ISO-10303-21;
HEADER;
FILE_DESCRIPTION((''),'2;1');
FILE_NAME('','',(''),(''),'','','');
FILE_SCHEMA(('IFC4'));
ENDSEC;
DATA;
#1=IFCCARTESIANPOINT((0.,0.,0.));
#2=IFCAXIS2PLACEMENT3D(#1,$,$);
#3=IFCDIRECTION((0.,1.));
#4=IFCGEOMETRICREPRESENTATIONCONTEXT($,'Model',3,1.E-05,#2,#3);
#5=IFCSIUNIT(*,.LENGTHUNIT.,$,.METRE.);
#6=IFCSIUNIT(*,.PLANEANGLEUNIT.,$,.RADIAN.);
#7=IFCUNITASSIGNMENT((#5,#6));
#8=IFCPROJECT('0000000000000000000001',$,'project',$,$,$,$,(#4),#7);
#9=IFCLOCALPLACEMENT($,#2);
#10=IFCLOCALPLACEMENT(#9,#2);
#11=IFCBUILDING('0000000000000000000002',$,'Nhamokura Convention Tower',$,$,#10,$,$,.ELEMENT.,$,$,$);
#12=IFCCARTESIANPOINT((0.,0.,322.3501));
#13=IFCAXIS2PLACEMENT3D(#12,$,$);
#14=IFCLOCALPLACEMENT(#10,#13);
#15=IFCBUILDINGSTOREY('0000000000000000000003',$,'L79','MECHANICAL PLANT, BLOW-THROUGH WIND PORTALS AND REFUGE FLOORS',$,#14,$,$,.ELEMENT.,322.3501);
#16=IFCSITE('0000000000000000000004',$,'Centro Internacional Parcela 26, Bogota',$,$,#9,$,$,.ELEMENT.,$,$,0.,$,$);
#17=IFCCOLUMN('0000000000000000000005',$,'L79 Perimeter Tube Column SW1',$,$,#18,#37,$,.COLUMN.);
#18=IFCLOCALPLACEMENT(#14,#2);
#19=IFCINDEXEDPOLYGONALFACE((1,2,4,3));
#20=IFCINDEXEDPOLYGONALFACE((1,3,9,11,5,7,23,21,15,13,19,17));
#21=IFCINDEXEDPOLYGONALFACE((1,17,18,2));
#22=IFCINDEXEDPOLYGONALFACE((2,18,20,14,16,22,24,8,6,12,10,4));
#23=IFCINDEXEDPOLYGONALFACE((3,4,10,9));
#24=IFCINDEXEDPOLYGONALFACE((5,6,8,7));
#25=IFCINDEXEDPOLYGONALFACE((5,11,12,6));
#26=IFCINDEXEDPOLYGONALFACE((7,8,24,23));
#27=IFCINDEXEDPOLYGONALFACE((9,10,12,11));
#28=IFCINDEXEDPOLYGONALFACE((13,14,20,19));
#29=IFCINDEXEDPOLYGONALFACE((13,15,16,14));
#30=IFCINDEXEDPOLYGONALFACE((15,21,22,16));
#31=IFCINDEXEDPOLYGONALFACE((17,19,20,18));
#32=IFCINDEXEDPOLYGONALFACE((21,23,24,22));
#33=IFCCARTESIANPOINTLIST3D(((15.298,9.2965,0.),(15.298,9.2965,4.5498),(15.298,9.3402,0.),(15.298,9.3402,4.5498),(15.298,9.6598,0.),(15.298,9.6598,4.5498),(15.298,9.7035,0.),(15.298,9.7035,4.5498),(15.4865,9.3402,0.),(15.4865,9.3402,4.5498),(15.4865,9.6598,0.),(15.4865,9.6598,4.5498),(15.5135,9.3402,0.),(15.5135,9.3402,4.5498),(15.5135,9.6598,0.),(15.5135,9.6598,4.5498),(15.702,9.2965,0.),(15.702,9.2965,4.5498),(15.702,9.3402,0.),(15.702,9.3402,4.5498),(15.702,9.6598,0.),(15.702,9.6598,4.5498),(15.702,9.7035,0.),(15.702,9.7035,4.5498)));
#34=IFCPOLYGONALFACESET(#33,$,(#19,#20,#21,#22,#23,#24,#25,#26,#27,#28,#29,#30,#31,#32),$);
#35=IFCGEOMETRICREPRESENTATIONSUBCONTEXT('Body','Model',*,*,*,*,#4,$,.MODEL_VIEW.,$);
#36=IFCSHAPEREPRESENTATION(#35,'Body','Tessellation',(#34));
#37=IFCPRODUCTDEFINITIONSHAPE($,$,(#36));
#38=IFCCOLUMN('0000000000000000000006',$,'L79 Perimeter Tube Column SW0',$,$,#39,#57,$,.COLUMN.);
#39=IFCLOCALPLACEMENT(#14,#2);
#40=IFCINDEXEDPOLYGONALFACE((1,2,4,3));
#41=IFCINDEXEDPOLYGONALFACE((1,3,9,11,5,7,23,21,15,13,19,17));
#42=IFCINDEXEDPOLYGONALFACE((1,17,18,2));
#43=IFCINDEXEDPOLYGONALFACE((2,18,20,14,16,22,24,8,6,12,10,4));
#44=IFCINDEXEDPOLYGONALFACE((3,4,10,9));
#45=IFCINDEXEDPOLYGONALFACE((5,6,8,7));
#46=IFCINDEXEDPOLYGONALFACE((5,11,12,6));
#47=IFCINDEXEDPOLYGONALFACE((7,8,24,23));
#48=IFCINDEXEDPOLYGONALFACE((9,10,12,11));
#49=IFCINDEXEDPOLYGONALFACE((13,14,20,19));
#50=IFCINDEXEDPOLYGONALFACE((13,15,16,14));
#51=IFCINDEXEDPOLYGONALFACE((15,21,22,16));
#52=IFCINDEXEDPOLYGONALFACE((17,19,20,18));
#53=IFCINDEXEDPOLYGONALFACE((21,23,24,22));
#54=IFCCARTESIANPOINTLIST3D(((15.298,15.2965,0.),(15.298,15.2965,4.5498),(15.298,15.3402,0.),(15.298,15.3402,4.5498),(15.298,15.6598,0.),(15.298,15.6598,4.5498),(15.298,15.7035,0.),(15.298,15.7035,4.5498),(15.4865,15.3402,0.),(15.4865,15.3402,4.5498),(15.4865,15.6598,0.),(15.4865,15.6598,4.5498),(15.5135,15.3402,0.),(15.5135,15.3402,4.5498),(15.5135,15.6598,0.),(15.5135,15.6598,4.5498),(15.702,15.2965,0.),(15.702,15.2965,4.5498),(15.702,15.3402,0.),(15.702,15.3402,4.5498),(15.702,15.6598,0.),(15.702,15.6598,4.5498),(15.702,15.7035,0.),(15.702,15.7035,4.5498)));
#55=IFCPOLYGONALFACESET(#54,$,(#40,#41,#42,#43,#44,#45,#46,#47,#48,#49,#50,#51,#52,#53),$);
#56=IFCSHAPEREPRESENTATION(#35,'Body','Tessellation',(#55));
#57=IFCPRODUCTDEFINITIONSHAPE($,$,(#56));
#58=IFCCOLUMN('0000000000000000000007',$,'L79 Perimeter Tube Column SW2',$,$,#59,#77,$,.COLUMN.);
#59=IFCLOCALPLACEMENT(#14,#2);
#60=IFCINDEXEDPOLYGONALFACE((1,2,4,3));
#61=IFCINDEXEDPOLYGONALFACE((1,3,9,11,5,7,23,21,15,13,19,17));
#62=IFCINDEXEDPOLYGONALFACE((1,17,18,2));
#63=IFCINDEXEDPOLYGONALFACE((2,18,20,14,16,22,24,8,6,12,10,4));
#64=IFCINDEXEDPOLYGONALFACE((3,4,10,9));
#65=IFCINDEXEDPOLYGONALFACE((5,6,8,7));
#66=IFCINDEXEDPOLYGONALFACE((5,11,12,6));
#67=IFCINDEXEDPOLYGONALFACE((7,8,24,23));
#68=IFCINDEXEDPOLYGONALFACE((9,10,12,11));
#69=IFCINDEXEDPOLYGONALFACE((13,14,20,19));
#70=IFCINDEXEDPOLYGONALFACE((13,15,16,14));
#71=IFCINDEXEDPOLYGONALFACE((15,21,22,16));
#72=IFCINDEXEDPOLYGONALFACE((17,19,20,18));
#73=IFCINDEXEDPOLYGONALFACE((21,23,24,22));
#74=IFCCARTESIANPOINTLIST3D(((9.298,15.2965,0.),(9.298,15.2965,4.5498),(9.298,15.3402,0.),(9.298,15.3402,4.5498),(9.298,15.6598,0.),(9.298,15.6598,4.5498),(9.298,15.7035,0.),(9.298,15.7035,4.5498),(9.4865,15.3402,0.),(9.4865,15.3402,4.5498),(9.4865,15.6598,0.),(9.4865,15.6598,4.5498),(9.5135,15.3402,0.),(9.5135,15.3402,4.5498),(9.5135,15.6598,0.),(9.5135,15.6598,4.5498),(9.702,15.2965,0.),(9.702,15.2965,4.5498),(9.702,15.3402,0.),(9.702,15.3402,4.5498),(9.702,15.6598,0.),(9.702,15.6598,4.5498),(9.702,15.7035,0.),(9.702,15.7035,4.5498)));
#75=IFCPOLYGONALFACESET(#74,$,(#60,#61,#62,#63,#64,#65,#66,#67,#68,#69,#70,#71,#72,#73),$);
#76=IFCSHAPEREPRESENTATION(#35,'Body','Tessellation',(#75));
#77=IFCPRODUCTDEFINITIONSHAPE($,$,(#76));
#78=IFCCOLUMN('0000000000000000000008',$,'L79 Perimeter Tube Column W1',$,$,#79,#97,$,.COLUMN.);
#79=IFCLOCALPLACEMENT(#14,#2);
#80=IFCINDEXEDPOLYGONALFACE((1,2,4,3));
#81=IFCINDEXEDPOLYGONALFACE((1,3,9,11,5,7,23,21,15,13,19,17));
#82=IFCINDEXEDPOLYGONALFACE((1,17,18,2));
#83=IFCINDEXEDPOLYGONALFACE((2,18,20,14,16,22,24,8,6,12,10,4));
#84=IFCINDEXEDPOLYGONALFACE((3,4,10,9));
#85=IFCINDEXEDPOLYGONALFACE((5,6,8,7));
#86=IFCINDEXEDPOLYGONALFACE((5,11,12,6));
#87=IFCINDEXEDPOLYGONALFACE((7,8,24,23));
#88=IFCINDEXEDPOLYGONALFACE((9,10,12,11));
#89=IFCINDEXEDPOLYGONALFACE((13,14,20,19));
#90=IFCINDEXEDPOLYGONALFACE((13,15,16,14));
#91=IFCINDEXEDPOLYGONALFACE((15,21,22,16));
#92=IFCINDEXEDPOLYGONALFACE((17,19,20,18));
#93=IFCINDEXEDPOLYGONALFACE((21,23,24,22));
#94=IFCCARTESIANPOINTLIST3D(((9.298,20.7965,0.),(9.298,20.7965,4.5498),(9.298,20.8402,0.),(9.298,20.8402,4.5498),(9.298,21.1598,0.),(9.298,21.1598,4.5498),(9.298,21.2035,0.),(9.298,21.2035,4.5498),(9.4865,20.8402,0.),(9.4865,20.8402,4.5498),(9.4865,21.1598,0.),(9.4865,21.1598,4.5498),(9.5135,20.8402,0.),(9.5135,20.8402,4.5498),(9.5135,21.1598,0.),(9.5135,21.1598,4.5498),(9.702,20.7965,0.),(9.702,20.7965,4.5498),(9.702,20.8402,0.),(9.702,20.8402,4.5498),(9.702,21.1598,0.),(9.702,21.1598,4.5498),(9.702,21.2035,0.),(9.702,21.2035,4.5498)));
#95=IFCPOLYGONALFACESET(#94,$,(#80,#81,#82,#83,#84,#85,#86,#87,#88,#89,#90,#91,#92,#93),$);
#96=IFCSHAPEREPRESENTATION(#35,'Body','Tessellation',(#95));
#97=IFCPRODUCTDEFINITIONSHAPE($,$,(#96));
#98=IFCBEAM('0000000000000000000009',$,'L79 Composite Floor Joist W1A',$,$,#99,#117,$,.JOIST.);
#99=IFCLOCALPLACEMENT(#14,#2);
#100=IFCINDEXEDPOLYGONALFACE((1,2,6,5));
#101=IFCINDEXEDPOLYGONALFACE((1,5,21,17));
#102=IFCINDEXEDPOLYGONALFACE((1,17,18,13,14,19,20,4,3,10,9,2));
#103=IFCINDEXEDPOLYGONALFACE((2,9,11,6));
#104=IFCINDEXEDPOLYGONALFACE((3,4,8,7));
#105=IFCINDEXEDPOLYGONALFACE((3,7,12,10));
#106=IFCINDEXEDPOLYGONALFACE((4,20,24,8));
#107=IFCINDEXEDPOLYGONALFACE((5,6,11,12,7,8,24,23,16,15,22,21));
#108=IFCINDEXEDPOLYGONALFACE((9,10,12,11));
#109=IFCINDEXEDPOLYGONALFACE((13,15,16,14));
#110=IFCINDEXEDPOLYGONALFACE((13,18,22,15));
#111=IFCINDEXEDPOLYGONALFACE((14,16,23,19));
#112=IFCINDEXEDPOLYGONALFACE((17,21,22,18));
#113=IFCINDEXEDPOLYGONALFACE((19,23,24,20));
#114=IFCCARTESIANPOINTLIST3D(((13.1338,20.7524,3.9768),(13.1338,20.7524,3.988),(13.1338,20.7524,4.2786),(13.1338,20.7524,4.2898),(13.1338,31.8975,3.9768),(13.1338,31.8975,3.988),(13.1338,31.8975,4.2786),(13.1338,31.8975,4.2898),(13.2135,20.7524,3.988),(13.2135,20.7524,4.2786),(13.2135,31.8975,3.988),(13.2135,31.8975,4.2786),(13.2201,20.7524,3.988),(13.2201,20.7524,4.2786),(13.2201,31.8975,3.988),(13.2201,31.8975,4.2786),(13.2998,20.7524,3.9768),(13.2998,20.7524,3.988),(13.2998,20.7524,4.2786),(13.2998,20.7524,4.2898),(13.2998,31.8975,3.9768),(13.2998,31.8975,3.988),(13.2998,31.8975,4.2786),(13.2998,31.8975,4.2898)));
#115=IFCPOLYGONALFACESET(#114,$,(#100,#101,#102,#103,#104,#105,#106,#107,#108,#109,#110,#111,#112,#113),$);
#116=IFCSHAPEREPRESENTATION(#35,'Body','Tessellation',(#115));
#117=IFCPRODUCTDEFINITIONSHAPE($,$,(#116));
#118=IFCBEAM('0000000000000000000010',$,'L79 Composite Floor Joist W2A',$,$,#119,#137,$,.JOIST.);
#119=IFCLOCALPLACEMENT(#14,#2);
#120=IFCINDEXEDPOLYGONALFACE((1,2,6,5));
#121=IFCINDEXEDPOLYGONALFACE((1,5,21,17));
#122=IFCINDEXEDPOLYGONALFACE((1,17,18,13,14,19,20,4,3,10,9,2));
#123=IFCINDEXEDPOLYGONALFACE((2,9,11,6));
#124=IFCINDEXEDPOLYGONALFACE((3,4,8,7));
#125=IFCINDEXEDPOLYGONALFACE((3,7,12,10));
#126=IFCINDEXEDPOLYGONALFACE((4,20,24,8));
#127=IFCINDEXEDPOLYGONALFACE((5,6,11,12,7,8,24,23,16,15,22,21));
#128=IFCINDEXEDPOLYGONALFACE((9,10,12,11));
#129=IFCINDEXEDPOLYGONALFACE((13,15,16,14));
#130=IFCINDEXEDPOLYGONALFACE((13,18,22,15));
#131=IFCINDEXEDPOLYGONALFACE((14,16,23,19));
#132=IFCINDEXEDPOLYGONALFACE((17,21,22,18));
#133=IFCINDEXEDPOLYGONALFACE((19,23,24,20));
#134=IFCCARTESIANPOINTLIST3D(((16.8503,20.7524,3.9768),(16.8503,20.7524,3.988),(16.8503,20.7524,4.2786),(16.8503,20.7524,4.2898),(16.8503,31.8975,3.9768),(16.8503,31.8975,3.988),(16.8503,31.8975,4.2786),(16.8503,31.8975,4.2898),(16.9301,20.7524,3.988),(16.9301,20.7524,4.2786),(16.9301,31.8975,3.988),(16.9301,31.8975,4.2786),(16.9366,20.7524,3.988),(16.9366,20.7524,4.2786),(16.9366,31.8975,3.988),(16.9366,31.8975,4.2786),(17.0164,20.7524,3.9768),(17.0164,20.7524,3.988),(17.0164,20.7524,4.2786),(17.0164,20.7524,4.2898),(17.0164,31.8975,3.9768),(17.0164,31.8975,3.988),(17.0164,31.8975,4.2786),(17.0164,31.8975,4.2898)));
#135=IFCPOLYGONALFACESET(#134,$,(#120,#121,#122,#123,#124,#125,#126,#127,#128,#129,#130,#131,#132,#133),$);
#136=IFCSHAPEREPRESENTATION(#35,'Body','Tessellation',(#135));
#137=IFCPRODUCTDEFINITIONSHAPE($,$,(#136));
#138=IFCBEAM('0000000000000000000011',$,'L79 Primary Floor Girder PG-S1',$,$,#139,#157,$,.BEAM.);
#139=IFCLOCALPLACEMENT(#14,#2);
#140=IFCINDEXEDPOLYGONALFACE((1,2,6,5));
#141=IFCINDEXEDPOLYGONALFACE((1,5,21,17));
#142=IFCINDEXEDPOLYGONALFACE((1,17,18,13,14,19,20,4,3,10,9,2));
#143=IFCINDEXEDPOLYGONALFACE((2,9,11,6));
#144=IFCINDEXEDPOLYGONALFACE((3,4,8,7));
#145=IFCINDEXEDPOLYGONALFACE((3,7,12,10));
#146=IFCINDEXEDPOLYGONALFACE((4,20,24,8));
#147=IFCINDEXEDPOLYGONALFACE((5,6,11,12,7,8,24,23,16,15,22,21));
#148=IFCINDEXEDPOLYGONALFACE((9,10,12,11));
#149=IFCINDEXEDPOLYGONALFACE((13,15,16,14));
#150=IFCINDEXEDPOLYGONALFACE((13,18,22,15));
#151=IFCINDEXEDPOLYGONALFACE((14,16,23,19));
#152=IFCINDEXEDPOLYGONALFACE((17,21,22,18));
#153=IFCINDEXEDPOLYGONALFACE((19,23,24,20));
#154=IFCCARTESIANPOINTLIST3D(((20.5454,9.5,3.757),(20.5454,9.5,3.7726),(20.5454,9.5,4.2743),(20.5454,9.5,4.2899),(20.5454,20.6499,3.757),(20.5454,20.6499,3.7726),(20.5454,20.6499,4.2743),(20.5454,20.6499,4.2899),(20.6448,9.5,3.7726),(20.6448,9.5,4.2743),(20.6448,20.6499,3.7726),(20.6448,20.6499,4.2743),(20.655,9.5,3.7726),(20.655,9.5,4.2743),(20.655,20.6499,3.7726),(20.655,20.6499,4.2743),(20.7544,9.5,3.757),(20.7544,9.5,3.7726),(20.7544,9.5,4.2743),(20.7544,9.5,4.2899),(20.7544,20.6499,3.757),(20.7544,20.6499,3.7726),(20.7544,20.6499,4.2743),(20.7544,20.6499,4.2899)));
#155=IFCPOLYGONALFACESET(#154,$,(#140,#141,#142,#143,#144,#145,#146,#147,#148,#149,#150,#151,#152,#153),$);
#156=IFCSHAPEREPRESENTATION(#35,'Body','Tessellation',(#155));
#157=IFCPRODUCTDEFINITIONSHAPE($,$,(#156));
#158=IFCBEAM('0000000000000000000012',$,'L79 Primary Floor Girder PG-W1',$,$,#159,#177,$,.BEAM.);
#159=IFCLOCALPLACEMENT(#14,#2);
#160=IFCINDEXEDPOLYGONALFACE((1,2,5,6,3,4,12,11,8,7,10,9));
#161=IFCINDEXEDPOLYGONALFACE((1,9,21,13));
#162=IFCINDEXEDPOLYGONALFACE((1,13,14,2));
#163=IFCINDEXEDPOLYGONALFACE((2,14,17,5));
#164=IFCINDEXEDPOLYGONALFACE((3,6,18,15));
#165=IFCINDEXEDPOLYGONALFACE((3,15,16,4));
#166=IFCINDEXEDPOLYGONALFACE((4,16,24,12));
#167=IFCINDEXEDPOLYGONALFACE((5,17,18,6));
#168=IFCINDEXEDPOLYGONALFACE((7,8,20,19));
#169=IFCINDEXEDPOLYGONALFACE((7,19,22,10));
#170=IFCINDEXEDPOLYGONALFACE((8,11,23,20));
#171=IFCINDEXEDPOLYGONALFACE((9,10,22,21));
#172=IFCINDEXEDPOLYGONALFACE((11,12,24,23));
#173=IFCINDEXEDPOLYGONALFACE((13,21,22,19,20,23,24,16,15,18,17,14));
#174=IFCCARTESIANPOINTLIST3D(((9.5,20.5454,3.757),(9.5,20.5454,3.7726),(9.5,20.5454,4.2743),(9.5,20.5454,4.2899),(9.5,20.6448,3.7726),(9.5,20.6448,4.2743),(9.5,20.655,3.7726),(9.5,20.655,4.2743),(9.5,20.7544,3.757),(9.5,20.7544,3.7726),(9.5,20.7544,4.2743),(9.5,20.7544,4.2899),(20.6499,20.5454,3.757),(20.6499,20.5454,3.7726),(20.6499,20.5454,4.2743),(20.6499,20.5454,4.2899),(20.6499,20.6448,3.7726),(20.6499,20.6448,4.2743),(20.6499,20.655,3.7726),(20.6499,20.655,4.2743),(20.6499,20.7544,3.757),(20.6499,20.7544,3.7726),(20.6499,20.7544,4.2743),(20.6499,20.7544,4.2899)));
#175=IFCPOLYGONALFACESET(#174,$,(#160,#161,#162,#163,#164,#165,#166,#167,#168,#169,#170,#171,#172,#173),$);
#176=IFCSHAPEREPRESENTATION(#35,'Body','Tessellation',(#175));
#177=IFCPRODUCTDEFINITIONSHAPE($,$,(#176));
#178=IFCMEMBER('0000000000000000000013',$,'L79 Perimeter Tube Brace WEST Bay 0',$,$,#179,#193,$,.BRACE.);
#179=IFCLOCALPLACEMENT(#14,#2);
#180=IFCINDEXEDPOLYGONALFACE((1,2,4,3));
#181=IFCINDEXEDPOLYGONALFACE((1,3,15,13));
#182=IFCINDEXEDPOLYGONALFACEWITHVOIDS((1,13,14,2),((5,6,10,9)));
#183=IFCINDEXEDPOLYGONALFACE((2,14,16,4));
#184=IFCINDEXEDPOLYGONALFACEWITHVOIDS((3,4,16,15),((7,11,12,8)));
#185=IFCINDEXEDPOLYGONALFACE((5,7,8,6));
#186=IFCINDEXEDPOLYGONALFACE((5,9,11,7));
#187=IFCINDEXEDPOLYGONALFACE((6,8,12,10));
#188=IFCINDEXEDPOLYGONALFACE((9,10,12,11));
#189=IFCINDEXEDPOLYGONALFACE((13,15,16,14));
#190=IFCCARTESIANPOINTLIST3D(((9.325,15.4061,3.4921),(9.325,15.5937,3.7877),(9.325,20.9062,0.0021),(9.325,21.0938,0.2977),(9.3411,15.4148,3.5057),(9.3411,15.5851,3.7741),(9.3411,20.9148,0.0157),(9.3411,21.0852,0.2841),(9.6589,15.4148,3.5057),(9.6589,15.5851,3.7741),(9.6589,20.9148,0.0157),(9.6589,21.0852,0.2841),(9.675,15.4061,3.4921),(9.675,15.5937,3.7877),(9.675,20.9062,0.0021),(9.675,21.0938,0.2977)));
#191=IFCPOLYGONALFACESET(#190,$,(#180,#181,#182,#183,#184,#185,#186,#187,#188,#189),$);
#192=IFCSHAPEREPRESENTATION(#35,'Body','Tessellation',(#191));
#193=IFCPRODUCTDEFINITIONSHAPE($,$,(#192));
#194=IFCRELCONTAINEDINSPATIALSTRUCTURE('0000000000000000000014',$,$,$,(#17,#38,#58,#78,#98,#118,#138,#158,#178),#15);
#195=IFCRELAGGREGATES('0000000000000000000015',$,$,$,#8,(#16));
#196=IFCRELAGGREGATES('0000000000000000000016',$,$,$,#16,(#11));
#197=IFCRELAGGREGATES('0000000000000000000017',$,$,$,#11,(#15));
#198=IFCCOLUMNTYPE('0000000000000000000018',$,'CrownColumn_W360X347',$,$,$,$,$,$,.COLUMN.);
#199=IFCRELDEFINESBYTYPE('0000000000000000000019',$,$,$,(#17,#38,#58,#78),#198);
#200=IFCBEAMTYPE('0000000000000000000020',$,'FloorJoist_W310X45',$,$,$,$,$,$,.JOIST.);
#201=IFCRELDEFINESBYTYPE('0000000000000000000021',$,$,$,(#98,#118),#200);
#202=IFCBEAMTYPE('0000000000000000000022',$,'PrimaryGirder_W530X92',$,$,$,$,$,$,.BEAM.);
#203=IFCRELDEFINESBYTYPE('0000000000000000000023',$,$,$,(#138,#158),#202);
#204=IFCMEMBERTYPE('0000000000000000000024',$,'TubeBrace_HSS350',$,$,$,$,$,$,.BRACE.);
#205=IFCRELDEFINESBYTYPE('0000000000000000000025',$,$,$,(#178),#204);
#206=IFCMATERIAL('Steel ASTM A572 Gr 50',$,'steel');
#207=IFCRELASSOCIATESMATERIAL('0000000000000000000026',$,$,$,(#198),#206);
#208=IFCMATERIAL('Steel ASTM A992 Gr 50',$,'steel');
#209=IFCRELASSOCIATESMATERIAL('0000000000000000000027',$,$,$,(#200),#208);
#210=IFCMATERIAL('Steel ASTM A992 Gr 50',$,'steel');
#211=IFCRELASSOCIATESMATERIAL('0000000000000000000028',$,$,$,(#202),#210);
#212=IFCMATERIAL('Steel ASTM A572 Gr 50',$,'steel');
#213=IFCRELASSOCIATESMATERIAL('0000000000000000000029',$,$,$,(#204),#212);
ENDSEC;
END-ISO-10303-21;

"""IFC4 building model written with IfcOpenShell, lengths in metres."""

from ifc_helpers import new_model, si_unit, direction, frame, origin, origin_2d, place, context, subcontext, project, spatial, hollow_rectangle, i_section, extrude, material, material_profile, profile_set, type_object, element, save


model = new_model("IFC4")

# Units and contexts
model_context = context("Model", 3, precision=1e-05, world=origin(), true_north=direction((0.0, 1.0)))
body_context = subcontext(model_context, "Body", "Model", "MODEL_VIEW")
ifc_project = project(units=[si_unit("LENGTHUNIT", "METRE"), si_unit("PLANEANGLEUNIT", "RADIAN")], contexts=[model_context])

# Site, building, storey
site_placement = place(None, origin())
site = spatial("IfcSite", under=ifc_project, at=site_placement, Name="Centro Internacional Parcela 26, Bogota", CompositionType="ELEMENT", RefElevation=0.0)
building_placement = place(site_placement, origin())
building = spatial("IfcBuilding", under=site, at=building_placement, Name="Nhamokura Convention Tower", CompositionType="ELEMENT")
storey_placement = place(building_placement, frame((0.0, 0.0, 322.3501)))
storey = spatial("IfcBuildingStorey", under=building, at=storey_placement, Name="L79", Description="MECHANICAL PLANT, BLOW-THROUGH WIND PORTALS AND REFUGE FLOORS", CompositionType="ELEMENT", Elevation=322.3501)

# Columns
ifc_material_1 = material(Name="Steel ASTM A572 Gr 50", Category="steel")
ifc_material_profile_1 = material_profile(ifc_material_1, i_section(OverallWidth=0.4041, OverallDepth=0.407, WebThickness=0.0271, FlangeThickness=0.0437, at=origin_2d()))
ifc_profile_set_1 = profile_set([ifc_material_profile_1], Name="Steel ASTM A572 Gr 50")
column_type = type_object("IfcColumnType", Name="CrownColumn_W360X347", PredefinedType="COLUMN", material=ifc_profile_set_1)
for number, where, z_axis, x_axis, name in (
    (1, (15.5, 9.5, 0.0), (0.0, 0.0, 1.0), (1.0, 0.0, 0.0), "L79 Perimeter Tube Column SW1"),
    (2, (15.5, 15.5, 0.0), (0.0, 0.0, 1.0), (1.0, 0.0, 0.0), "L79 Perimeter Tube Column SW0"),
    (3, (9.5, 15.5, 0.0), (0.0, 0.0, 1.0), (1.0, 0.0, 0.0), "L79 Perimeter Tube Column SW2"),
    (4, (9.5, 21.0, 0.0), (0.0, 0.0, 1.0), (1.0, 0.0, 0.0), "L79 Perimeter Tube Column W1"),
):
    element("IfcColumn", number, at=place(storey_placement, frame(where, z_axis=z_axis, x_axis=x_axis)), inside=storey, type_object=column_type, Name=name, PredefinedType="COLUMN", context=body_context, shape_type="SweptSolid", body=[
        extrude(i_section(OverallWidth=0.4041, OverallDepth=0.407, WebThickness=0.0271, FlangeThickness=0.0437, at=origin_2d()), origin(), (0.0, 0.0, 1.0), 4.5498),
    ])

# Beams
ifc_material_2 = material(Name="Steel ASTM A992 Gr 50", Category="steel")
ifc_material_profile_2 = material_profile(ifc_material_2, i_section(OverallWidth=0.166, OverallDepth=0.313, WebThickness=0.0066, FlangeThickness=0.0112, at=origin_2d()))
ifc_profile_set_2 = profile_set([ifc_material_profile_2], Name="Steel ASTM A992 Gr 50")
beam_type_1 = type_object("IfcBeamType", Name="FloorJoist_W310X45", PredefinedType="JOIST", material=ifc_profile_set_2)
for number, where, z_axis, x_axis, name in (
    (5, (13.2168, 20.7524, 4.1333), (0.0, 1.0, 0.0), (-1.0, 0.0, 0.0), "L79 Composite Floor Joist W1A"),
    (6, (16.9333, 20.7524, 4.1333), (0.0, 1.0, 0.0), (-1.0, 0.0, 0.0), "L79 Composite Floor Joist W2A"),
):
    element("IfcBeam", number, at=place(storey_placement, frame(where, z_axis=z_axis, x_axis=x_axis)), inside=storey, type_object=beam_type_1, Name=name, PredefinedType="JOIST", context=body_context, shape_type="SweptSolid", body=[
        extrude(i_section(OverallWidth=0.166, OverallDepth=0.313, WebThickness=0.0066, FlangeThickness=0.0112, at=origin_2d()), origin(), (0.0, 0.0, 1.0), 11.145),
    ])
ifc_material_3 = material(Name="Steel ASTM A992 Gr 50", Category="steel")
ifc_material_profile_3 = material_profile(ifc_material_3, i_section(OverallWidth=0.209, OverallDepth=0.533, WebThickness=0.0103, FlangeThickness=0.0156, at=origin_2d()))
ifc_profile_set_3 = profile_set([ifc_material_profile_3], Name="Steel ASTM A992 Gr 50")
beam_type_2 = type_object("IfcBeamType", Name="PrimaryGirder_W530X92", PredefinedType="BEAM", material=ifc_profile_set_3)
for number, where, z_axis, x_axis, name in (
    (7, (20.6499, 9.5, 4.0234), (0.0, 1.0, 0.0), (-1.0, 0.0, 0.0), "L79 Primary Floor Girder PG-S1"),
    (8, (9.5, 20.6499, 4.0234), (1.0, 0.0, 0.0), (0.0, 1.0, 0.0), "L79 Primary Floor Girder PG-W1"),
):
    element("IfcBeam", number, at=place(storey_placement, frame(where, z_axis=z_axis, x_axis=x_axis)), inside=storey, type_object=beam_type_2, Name=name, PredefinedType="BEAM", context=body_context, shape_type="SweptSolid", body=[
        extrude(i_section(OverallWidth=0.209, OverallDepth=0.533, WebThickness=0.0103, FlangeThickness=0.0156, at=origin_2d()), origin(), (0.0, 0.0, 1.0), 11.1499),
    ])

# Member
ifc_material_4 = material(Name="Steel ASTM A572 Gr 50", Category="steel")
ifc_material_profile_4 = material_profile(ifc_material_4, hollow_rectangle(XDim=0.3501, YDim=0.3501, WallThickness=0.0161, at=origin_2d()))
ifc_profile_set_4 = profile_set([ifc_material_profile_4], Name="Steel ASTM A572 Gr 50")
member_type = type_object("IfcMemberType", Name="TubeBrace_HSS350", PredefinedType="BRACE", material=ifc_profile_set_4)
member_placement = place(storey_placement, frame((9.5, 21.0, 0.1499), z_axis=(0.0, -0.844357, 0.535781), x_axis=(1.0, 0.0, 0.0)))
element("IfcMember", 9, at=member_placement, inside=storey, type_object=member_type, Name="L79 Perimeter Tube Brace WEST Bay 0", PredefinedType="BRACE", context=body_context, shape_type="SweptSolid", body=[
    extrude(hollow_rectangle(XDim=0.3501, YDim=0.3501, WallThickness=0.0161, at=origin_2d()), origin(), (0.0, 0.0, 1.0), 6.5139),
])

save(model, "model.ifc")
